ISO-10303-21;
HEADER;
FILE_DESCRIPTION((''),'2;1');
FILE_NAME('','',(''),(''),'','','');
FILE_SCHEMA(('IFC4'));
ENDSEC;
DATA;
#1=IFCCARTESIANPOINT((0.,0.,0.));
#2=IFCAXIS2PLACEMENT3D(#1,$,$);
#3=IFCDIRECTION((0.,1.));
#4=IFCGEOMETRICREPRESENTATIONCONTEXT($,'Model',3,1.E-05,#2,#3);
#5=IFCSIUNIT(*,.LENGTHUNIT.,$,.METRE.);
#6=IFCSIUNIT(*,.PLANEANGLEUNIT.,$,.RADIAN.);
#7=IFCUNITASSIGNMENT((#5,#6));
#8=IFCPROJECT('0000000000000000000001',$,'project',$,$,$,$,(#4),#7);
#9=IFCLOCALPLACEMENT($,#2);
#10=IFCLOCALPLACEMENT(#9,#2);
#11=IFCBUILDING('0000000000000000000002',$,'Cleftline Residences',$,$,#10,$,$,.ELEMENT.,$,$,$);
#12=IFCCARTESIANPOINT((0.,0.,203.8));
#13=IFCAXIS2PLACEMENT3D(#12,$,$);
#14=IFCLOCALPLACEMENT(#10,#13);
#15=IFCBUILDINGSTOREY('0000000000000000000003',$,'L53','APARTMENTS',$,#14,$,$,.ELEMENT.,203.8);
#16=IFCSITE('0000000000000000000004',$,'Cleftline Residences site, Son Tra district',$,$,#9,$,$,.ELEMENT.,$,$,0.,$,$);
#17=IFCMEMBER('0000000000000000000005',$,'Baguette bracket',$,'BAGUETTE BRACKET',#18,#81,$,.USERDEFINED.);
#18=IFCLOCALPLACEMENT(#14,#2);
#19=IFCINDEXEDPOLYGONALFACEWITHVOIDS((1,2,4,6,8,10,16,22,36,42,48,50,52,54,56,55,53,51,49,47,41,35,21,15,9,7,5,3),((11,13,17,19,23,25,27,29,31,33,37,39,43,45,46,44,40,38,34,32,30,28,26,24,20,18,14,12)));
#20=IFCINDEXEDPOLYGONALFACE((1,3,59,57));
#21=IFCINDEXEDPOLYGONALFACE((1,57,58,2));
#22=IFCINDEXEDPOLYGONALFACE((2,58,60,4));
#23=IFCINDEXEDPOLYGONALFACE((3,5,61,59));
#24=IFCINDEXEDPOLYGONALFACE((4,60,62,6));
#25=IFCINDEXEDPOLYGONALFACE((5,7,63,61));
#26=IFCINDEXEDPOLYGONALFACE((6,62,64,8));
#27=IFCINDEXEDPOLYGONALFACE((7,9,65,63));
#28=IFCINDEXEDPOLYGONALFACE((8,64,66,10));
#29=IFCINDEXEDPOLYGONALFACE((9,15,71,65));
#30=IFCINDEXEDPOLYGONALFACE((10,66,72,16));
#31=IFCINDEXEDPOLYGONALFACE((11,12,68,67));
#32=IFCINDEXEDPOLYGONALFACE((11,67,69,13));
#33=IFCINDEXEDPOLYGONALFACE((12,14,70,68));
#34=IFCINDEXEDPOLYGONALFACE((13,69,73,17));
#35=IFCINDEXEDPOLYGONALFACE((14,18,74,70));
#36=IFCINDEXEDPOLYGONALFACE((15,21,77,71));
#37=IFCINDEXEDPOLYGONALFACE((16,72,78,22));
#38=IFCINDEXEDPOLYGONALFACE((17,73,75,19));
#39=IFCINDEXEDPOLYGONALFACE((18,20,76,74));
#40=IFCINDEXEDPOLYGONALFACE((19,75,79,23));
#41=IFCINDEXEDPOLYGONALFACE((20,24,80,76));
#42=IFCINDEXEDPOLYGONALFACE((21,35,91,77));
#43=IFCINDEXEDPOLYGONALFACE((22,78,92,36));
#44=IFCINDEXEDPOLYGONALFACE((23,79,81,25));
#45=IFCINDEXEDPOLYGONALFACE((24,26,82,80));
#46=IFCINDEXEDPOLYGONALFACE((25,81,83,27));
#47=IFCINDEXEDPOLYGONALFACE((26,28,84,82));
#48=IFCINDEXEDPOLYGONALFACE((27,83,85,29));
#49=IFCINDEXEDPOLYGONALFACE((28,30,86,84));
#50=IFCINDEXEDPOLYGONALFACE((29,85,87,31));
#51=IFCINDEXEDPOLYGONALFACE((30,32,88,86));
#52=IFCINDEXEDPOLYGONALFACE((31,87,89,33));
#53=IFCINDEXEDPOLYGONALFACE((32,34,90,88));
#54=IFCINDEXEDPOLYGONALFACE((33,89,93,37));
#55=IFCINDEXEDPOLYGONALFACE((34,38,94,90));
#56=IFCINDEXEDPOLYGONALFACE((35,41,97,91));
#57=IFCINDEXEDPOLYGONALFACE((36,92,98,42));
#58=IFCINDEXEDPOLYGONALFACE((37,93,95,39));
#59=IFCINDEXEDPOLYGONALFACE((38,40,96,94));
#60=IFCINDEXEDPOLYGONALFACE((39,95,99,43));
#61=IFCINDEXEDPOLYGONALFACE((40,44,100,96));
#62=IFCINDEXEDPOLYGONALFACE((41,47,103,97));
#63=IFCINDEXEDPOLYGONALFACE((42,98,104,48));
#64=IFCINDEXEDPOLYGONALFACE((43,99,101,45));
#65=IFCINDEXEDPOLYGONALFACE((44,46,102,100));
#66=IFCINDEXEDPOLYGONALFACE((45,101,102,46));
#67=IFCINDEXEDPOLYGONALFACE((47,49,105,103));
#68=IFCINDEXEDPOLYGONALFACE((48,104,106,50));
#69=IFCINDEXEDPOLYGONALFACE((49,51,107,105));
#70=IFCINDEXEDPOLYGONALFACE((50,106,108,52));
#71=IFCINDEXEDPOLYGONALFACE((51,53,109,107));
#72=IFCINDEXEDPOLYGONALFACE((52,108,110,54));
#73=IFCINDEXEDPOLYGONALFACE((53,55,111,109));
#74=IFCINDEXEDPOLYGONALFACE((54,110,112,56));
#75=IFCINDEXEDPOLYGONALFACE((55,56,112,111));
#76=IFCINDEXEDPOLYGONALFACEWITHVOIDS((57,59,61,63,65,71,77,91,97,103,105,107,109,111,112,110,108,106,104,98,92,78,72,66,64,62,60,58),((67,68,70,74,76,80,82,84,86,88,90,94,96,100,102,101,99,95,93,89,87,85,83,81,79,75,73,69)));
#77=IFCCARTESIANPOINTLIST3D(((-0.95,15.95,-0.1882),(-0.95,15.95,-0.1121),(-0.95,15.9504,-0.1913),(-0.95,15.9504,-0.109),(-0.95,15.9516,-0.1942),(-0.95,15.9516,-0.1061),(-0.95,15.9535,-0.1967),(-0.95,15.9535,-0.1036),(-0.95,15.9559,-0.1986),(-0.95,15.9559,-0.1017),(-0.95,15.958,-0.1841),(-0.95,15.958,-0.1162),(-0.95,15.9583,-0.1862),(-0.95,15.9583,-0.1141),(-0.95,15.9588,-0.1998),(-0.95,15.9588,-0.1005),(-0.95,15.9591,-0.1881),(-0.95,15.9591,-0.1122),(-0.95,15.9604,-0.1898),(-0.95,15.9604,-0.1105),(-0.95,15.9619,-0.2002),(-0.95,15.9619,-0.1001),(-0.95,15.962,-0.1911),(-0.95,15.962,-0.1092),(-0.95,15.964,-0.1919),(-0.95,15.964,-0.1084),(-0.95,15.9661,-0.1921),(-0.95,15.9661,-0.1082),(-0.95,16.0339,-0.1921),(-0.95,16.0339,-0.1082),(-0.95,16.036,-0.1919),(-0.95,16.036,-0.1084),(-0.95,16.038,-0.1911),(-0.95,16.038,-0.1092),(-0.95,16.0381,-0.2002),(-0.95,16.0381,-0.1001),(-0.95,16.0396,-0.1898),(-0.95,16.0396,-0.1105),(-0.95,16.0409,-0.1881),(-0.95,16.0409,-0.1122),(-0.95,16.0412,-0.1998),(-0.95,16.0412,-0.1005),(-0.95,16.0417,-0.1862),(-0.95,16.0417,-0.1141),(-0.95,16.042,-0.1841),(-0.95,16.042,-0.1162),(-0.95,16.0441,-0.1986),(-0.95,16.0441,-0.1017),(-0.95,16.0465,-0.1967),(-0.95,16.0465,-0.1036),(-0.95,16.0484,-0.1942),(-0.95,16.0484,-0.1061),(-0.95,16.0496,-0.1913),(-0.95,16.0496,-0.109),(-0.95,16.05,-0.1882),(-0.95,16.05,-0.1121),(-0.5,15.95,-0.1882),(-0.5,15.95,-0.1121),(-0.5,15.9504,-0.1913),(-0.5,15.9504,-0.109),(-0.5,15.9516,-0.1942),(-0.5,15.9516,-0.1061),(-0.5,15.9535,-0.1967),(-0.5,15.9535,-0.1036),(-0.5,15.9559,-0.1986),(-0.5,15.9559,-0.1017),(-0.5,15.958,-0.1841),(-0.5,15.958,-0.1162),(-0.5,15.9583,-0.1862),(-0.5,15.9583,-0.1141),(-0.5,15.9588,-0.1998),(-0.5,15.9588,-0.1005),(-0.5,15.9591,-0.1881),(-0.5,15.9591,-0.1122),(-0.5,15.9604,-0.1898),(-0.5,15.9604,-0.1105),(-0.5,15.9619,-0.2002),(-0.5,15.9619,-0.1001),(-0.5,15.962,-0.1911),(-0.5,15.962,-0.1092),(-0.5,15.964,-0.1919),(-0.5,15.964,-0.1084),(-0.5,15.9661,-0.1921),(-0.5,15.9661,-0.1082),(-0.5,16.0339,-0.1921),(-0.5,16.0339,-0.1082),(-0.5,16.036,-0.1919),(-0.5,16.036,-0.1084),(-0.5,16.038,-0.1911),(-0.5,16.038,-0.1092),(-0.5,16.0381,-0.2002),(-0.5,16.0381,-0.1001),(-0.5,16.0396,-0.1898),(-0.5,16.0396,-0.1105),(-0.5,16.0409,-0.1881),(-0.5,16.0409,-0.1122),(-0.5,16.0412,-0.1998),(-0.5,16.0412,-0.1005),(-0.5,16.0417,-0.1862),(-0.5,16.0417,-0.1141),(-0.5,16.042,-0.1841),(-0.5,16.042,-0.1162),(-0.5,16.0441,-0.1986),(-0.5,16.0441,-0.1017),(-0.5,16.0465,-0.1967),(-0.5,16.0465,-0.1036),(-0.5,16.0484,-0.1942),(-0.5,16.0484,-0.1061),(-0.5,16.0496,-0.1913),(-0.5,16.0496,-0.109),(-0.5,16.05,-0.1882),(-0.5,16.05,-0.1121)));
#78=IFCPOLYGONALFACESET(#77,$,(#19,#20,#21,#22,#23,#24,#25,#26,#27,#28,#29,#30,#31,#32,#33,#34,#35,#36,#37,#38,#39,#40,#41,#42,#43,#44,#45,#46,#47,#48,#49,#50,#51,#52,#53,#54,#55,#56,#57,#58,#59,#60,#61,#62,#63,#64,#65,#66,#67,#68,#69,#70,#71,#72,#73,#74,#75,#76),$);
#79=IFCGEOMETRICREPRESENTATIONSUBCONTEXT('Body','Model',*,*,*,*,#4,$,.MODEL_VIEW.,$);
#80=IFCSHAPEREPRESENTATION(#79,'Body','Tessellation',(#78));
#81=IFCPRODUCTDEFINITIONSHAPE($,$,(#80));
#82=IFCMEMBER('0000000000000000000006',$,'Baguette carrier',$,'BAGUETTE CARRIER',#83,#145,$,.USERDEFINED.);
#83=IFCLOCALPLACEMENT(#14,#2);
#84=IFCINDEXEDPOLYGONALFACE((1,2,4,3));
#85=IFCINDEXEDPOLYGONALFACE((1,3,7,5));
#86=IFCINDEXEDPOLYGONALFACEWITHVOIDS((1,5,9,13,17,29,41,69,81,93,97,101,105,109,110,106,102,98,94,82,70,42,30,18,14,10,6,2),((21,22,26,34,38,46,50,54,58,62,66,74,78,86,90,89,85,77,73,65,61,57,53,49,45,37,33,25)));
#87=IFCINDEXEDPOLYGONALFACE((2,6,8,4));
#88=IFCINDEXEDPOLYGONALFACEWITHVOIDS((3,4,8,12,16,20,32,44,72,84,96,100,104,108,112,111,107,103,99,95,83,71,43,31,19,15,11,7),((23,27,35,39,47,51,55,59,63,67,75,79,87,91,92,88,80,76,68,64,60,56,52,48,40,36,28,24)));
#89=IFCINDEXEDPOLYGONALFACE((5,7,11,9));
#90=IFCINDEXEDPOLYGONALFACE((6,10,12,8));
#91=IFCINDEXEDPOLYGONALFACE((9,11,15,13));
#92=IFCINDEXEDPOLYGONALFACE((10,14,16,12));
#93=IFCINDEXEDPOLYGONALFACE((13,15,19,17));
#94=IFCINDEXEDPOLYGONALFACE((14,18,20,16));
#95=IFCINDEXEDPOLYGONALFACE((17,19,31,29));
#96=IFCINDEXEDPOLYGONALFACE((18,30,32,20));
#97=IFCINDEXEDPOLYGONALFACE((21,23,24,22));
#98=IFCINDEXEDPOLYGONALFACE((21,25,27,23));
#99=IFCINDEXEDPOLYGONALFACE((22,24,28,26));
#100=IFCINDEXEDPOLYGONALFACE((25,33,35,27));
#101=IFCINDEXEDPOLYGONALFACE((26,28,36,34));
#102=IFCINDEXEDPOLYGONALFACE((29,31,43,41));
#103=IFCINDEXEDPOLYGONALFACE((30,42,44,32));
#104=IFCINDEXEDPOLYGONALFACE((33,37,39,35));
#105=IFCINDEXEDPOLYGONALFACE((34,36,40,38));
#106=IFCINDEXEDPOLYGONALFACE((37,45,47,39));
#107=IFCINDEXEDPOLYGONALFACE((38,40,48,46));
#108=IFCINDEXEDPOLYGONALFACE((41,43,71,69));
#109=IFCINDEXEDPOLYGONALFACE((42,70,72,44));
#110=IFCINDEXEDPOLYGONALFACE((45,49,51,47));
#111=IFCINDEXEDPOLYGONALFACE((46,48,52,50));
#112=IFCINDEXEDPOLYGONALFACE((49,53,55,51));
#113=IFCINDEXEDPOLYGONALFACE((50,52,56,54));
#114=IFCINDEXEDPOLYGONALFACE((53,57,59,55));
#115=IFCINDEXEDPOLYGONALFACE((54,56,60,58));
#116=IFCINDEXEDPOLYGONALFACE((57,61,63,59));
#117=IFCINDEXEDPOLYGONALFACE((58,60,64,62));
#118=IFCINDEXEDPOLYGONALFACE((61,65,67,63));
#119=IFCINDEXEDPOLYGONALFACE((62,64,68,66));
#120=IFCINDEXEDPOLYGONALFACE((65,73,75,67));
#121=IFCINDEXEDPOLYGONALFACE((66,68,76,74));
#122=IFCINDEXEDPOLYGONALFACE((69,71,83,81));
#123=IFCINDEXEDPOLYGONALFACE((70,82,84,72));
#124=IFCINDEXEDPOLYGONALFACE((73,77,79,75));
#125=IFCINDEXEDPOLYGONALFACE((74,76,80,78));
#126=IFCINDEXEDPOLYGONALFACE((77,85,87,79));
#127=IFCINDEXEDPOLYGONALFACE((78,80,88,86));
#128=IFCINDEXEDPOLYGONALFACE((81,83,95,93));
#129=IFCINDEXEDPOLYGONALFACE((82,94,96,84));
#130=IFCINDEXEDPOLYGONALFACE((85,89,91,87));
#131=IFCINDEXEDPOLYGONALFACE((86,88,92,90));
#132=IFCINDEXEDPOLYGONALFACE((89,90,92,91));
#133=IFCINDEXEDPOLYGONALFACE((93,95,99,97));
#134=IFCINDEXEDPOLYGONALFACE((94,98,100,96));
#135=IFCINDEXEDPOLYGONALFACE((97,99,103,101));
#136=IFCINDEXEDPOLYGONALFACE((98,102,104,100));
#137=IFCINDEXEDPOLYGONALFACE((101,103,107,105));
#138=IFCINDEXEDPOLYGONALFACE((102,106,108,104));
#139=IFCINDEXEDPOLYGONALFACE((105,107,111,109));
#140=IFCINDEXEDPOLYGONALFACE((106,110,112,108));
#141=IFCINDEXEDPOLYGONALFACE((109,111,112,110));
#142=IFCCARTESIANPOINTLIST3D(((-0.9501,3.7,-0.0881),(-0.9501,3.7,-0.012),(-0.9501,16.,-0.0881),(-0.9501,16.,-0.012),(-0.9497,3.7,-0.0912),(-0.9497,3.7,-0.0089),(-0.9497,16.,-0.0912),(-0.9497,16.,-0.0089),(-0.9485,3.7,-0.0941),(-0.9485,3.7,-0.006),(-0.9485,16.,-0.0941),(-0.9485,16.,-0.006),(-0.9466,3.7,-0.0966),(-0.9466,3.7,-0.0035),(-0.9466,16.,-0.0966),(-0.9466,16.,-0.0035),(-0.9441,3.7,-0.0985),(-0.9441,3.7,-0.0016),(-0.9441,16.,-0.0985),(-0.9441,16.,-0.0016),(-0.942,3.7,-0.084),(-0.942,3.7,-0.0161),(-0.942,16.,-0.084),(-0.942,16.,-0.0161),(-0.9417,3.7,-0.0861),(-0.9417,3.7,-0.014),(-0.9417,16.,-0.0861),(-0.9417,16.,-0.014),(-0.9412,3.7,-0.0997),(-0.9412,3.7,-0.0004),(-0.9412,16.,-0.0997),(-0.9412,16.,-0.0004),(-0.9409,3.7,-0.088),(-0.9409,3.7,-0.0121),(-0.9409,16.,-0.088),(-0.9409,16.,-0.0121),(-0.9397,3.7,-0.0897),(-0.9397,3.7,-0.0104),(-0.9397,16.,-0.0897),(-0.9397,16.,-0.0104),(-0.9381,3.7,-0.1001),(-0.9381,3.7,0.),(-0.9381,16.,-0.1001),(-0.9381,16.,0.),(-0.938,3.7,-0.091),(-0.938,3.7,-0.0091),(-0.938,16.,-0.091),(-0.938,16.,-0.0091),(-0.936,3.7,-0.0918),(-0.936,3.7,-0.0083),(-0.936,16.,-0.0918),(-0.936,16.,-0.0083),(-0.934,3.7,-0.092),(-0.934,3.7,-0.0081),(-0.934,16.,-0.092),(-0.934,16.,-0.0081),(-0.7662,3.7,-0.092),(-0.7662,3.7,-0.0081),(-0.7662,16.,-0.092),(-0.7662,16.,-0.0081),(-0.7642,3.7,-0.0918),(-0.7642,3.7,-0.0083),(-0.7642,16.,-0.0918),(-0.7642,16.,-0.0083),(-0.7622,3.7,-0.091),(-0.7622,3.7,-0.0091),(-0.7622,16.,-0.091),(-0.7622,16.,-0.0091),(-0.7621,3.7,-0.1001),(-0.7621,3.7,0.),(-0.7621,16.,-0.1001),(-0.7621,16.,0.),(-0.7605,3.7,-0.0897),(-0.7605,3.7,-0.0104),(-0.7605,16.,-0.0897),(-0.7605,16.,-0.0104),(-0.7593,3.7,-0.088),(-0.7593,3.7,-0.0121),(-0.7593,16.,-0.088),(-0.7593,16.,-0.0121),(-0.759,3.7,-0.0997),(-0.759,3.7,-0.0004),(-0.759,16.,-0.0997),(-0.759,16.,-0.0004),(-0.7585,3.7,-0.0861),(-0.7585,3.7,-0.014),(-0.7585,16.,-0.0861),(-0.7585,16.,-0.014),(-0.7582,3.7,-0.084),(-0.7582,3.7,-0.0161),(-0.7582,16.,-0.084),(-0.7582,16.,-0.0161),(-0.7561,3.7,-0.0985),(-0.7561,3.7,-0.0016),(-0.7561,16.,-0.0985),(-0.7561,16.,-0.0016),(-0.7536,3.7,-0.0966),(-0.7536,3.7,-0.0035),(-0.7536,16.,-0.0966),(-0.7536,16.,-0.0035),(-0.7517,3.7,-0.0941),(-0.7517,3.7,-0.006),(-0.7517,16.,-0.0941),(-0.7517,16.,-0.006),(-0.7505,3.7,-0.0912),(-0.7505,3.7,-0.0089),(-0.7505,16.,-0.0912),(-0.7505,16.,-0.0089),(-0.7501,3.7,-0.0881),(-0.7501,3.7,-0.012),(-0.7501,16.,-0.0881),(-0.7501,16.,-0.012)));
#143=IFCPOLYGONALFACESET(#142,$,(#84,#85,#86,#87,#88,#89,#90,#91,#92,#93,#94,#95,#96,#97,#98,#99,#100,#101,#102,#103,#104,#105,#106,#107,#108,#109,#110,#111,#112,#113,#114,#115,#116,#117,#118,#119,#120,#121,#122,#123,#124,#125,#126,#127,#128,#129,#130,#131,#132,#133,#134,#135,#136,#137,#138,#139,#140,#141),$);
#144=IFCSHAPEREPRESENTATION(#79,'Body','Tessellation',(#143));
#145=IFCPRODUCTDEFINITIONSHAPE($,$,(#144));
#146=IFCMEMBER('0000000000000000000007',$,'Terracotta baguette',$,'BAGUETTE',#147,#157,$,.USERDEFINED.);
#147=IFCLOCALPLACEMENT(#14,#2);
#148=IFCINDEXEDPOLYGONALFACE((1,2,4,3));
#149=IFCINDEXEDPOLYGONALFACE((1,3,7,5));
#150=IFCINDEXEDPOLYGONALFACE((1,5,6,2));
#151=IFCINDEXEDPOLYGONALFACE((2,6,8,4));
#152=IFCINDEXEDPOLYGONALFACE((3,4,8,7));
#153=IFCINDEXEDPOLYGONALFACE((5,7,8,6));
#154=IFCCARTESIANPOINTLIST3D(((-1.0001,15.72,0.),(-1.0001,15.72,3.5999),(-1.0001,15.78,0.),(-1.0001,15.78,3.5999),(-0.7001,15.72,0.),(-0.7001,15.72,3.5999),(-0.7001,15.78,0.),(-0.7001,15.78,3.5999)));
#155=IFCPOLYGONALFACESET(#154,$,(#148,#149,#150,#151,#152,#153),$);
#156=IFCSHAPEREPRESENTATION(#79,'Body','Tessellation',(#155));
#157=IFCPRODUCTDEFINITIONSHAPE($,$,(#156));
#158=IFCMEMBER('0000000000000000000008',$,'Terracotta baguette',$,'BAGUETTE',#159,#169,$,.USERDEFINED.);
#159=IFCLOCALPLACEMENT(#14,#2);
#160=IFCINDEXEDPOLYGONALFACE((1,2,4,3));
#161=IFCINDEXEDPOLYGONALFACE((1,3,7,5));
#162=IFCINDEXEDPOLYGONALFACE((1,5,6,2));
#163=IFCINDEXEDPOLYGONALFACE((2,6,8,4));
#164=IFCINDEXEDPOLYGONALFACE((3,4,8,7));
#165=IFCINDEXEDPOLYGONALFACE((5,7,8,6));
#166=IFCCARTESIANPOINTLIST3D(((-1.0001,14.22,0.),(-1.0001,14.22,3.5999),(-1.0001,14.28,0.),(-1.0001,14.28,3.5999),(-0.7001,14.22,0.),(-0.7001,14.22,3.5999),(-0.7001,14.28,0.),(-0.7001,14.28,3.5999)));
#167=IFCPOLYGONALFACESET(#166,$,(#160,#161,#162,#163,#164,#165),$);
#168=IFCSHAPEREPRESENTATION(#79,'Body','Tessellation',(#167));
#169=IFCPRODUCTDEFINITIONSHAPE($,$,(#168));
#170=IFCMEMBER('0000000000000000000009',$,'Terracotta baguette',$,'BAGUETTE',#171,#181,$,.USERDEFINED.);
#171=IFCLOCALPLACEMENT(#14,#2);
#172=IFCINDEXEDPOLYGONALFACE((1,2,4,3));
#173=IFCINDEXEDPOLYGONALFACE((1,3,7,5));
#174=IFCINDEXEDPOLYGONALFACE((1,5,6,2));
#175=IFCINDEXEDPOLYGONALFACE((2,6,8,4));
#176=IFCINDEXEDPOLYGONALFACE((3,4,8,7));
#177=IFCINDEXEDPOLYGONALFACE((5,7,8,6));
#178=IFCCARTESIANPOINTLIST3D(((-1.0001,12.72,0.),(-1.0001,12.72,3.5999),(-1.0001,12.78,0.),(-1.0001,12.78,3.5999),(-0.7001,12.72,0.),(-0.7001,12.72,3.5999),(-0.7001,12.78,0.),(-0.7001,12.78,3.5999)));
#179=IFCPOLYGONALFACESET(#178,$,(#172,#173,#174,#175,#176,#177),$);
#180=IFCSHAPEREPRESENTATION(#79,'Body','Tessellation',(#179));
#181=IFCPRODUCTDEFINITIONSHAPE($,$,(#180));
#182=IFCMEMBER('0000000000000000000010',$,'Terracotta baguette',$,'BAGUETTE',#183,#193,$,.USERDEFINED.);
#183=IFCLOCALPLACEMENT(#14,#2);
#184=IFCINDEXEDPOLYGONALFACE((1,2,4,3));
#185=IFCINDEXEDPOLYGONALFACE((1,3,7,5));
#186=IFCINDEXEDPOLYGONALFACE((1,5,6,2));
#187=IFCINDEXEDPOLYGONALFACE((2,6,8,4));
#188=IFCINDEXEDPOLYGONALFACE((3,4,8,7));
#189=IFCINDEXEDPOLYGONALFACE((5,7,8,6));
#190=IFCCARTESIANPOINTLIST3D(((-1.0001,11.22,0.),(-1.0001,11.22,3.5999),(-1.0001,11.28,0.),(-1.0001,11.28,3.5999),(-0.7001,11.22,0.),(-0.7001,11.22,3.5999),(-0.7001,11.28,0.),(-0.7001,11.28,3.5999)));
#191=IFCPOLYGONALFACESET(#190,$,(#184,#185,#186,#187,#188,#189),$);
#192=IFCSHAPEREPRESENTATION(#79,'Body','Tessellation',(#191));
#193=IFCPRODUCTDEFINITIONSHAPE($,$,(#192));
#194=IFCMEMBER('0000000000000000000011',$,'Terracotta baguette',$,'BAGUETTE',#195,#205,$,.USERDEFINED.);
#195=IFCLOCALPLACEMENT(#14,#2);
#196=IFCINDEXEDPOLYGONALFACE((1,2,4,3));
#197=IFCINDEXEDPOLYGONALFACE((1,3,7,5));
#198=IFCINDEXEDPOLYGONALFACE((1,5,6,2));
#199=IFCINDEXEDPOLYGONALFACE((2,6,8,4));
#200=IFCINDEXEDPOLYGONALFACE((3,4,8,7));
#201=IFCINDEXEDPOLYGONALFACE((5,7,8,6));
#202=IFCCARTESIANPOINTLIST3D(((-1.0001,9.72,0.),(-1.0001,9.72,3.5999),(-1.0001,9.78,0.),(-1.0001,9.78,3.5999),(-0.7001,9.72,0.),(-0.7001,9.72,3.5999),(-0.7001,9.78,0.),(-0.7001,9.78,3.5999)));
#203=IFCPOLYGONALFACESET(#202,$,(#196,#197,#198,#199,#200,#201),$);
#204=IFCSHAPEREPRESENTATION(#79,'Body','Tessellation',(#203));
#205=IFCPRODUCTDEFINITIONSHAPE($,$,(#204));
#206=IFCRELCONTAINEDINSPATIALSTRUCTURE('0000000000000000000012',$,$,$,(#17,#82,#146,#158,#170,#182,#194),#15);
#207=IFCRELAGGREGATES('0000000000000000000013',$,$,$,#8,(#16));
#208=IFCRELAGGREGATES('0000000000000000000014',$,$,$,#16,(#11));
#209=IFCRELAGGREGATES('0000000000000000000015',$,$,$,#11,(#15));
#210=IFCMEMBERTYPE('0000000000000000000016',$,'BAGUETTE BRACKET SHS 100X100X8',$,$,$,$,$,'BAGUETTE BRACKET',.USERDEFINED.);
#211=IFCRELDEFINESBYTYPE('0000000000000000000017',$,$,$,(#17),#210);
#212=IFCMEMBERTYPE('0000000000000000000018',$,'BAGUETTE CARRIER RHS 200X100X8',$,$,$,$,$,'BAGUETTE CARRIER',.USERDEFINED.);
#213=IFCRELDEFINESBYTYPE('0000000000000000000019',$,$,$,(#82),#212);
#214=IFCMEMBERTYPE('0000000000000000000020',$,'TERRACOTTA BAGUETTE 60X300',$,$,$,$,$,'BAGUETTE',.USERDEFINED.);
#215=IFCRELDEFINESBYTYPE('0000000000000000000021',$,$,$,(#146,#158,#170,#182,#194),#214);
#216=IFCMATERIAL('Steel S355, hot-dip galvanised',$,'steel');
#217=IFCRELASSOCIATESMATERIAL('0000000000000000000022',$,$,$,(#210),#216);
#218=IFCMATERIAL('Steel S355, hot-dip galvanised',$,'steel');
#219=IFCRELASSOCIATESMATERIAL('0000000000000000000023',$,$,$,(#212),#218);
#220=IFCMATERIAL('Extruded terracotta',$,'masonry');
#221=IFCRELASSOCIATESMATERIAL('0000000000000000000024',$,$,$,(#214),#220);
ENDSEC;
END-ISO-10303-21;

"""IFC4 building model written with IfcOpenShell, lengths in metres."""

from ifc_helpers import new_model, si_unit, direction, frame, origin, origin_2d, place, context, subcontext, project, spatial, rectangle, hollow_rectangle, extrude, material, material_profile, profile_set, type_object, element, save


model = new_model("IFC4")

# Units and contexts
model_context = context("Model", 3, precision=1e-05, world=origin(), true_north=direction((0.0, 1.0)))
body_context = subcontext(model_context, "Body", "Model", "MODEL_VIEW")
ifc_project = project(units=[si_unit("LENGTHUNIT", "METRE"), si_unit("PLANEANGLEUNIT", "RADIAN")], contexts=[model_context])

# Site, building, storey
site_placement = place(None, origin())
site = spatial("IfcSite", under=ifc_project, at=site_placement, Name="Cleftline Residences site, Son Tra district", CompositionType="ELEMENT", RefElevation=0.0)
building_placement = place(site_placement, origin())
building = spatial("IfcBuilding", under=site, at=building_placement, Name="Cleftline Residences", CompositionType="ELEMENT")
storey_placement = place(building_placement, frame((0.0, 0.0, 203.8)))
storey = spatial("IfcBuildingStorey", under=building, at=storey_placement, Name="L53", Description="APARTMENTS", CompositionType="ELEMENT", Elevation=203.8)

# Members
ifc_material_1 = material(Name="Steel S355, hot-dip galvanised", Category="steel")
ifc_material_profile_1 = material_profile(ifc_material_1, hollow_rectangle(XDim=0.1001, YDim=0.1001, WallThickness=0.0081, InnerFilletRadius=0.0081, OuterFilletRadius=0.012, at=origin_2d()))
ifc_profile_set_1 = profile_set([ifc_material_profile_1], Name="Steel S355, hot-dip galvanised")
member_type_1 = type_object("IfcMemberType", Name="BAGUETTE BRACKET SHS 100X100X8", ElementType="BAGUETTE BRACKET", PredefinedType="USERDEFINED", material=ifc_profile_set_1)
member_1_placement = place(storey_placement, frame((-0.5, 16.0, -0.1501), z_axis=(-1.0, 0.0, 0.0), x_axis=(0.0, -1.0, 0.0)))
element("IfcMember", 1, at=member_1_placement, inside=storey, type_object=member_type_1, Name="Baguette bracket", ObjectType="BAGUETTE BRACKET", PredefinedType="USERDEFINED", context=body_context, shape_type="SweptSolid", body=[
    extrude(hollow_rectangle(XDim=0.1001, YDim=0.1001, WallThickness=0.0081, InnerFilletRadius=0.0081, OuterFilletRadius=0.012, at=origin_2d()), origin(), (0.0, 0.0, 1.0), 0.45),
])
ifc_material_2 = material(Name="Steel S355, hot-dip galvanised", Category="steel")
ifc_material_profile_2 = material_profile(ifc_material_2, hollow_rectangle(XDim=0.1001, YDim=0.2, WallThickness=0.0081, InnerFilletRadius=0.0081, OuterFilletRadius=0.012, at=origin_2d()))
ifc_profile_set_2 = profile_set([ifc_material_profile_2], Name="Steel S355, hot-dip galvanised")
member_type_2 = type_object("IfcMemberType", Name="BAGUETTE CARRIER RHS 200X100X8", ElementType="BAGUETTE CARRIER", PredefinedType="USERDEFINED", material=ifc_profile_set_2)
member_2_placement = place(storey_placement, frame((-0.8501, 16.0, -0.05), z_axis=(0.0, -1.0, 0.0), x_axis=(0.0, 0.0, 1.0)))
element("IfcMember", 2, at=member_2_placement, inside=storey, type_object=member_type_2, Name="Baguette carrier", ObjectType="BAGUETTE CARRIER", PredefinedType="USERDEFINED", context=body_context, shape_type="SweptSolid", body=[
    extrude(hollow_rectangle(XDim=0.1001, YDim=0.2, WallThickness=0.0081, InnerFilletRadius=0.0081, OuterFilletRadius=0.012, at=origin_2d()), origin(), (0.0, 0.0, 1.0), 12.3),
])
ifc_material_3 = material(Name="Extruded terracotta", Category="masonry")
ifc_material_profile_3 = material_profile(ifc_material_3, rectangle(XDim=0.0601, YDim=0.3, at=origin_2d()))
ifc_profile_set_3 = profile_set([ifc_material_profile_3], Name="Extruded terracotta")
member_type_3 = type_object("IfcMemberType", Name="TERRACOTTA BAGUETTE 60X300", ElementType="BAGUETTE", PredefinedType="USERDEFINED", material=ifc_profile_set_3)
for number, where, z_axis, x_axis, name in (
    (3, (-0.8501, 15.75, 0.0), (0.0, 0.0, 1.0), (0.0, 1.0, 0.0), "Terracotta baguette"),
    (4, (-0.8501, 14.25, 0.0), (0.0, 0.0, 1.0), (0.0, 1.0, 0.0), "Terracotta baguette"),
    (5, (-0.8501, 12.75, 0.0), (0.0, 0.0, 1.0), (0.0, 1.0, 0.0), "Terracotta baguette"),
    (6, (-0.8501, 11.25, 0.0), (0.0, 0.0, 1.0), (0.0, 1.0, 0.0), "Terracotta baguette"),
    (7, (-0.8501, 9.75, 0.0), (0.0, 0.0, 1.0), (0.0, 1.0, 0.0), "Terracotta baguette"),
):
    element("IfcMember", number, at=place(storey_placement, frame(where, z_axis=z_axis, x_axis=x_axis)), inside=storey, type_object=member_type_3, Name=name, ObjectType="BAGUETTE", PredefinedType="USERDEFINED", context=body_context, shape_type="SweptSolid", body=[
        extrude(rectangle(XDim=0.0601, YDim=0.3, at=origin_2d()), origin(), (0.0, 0.0, 1.0), 3.5999),
    ])

save(model, "model.ifc")
